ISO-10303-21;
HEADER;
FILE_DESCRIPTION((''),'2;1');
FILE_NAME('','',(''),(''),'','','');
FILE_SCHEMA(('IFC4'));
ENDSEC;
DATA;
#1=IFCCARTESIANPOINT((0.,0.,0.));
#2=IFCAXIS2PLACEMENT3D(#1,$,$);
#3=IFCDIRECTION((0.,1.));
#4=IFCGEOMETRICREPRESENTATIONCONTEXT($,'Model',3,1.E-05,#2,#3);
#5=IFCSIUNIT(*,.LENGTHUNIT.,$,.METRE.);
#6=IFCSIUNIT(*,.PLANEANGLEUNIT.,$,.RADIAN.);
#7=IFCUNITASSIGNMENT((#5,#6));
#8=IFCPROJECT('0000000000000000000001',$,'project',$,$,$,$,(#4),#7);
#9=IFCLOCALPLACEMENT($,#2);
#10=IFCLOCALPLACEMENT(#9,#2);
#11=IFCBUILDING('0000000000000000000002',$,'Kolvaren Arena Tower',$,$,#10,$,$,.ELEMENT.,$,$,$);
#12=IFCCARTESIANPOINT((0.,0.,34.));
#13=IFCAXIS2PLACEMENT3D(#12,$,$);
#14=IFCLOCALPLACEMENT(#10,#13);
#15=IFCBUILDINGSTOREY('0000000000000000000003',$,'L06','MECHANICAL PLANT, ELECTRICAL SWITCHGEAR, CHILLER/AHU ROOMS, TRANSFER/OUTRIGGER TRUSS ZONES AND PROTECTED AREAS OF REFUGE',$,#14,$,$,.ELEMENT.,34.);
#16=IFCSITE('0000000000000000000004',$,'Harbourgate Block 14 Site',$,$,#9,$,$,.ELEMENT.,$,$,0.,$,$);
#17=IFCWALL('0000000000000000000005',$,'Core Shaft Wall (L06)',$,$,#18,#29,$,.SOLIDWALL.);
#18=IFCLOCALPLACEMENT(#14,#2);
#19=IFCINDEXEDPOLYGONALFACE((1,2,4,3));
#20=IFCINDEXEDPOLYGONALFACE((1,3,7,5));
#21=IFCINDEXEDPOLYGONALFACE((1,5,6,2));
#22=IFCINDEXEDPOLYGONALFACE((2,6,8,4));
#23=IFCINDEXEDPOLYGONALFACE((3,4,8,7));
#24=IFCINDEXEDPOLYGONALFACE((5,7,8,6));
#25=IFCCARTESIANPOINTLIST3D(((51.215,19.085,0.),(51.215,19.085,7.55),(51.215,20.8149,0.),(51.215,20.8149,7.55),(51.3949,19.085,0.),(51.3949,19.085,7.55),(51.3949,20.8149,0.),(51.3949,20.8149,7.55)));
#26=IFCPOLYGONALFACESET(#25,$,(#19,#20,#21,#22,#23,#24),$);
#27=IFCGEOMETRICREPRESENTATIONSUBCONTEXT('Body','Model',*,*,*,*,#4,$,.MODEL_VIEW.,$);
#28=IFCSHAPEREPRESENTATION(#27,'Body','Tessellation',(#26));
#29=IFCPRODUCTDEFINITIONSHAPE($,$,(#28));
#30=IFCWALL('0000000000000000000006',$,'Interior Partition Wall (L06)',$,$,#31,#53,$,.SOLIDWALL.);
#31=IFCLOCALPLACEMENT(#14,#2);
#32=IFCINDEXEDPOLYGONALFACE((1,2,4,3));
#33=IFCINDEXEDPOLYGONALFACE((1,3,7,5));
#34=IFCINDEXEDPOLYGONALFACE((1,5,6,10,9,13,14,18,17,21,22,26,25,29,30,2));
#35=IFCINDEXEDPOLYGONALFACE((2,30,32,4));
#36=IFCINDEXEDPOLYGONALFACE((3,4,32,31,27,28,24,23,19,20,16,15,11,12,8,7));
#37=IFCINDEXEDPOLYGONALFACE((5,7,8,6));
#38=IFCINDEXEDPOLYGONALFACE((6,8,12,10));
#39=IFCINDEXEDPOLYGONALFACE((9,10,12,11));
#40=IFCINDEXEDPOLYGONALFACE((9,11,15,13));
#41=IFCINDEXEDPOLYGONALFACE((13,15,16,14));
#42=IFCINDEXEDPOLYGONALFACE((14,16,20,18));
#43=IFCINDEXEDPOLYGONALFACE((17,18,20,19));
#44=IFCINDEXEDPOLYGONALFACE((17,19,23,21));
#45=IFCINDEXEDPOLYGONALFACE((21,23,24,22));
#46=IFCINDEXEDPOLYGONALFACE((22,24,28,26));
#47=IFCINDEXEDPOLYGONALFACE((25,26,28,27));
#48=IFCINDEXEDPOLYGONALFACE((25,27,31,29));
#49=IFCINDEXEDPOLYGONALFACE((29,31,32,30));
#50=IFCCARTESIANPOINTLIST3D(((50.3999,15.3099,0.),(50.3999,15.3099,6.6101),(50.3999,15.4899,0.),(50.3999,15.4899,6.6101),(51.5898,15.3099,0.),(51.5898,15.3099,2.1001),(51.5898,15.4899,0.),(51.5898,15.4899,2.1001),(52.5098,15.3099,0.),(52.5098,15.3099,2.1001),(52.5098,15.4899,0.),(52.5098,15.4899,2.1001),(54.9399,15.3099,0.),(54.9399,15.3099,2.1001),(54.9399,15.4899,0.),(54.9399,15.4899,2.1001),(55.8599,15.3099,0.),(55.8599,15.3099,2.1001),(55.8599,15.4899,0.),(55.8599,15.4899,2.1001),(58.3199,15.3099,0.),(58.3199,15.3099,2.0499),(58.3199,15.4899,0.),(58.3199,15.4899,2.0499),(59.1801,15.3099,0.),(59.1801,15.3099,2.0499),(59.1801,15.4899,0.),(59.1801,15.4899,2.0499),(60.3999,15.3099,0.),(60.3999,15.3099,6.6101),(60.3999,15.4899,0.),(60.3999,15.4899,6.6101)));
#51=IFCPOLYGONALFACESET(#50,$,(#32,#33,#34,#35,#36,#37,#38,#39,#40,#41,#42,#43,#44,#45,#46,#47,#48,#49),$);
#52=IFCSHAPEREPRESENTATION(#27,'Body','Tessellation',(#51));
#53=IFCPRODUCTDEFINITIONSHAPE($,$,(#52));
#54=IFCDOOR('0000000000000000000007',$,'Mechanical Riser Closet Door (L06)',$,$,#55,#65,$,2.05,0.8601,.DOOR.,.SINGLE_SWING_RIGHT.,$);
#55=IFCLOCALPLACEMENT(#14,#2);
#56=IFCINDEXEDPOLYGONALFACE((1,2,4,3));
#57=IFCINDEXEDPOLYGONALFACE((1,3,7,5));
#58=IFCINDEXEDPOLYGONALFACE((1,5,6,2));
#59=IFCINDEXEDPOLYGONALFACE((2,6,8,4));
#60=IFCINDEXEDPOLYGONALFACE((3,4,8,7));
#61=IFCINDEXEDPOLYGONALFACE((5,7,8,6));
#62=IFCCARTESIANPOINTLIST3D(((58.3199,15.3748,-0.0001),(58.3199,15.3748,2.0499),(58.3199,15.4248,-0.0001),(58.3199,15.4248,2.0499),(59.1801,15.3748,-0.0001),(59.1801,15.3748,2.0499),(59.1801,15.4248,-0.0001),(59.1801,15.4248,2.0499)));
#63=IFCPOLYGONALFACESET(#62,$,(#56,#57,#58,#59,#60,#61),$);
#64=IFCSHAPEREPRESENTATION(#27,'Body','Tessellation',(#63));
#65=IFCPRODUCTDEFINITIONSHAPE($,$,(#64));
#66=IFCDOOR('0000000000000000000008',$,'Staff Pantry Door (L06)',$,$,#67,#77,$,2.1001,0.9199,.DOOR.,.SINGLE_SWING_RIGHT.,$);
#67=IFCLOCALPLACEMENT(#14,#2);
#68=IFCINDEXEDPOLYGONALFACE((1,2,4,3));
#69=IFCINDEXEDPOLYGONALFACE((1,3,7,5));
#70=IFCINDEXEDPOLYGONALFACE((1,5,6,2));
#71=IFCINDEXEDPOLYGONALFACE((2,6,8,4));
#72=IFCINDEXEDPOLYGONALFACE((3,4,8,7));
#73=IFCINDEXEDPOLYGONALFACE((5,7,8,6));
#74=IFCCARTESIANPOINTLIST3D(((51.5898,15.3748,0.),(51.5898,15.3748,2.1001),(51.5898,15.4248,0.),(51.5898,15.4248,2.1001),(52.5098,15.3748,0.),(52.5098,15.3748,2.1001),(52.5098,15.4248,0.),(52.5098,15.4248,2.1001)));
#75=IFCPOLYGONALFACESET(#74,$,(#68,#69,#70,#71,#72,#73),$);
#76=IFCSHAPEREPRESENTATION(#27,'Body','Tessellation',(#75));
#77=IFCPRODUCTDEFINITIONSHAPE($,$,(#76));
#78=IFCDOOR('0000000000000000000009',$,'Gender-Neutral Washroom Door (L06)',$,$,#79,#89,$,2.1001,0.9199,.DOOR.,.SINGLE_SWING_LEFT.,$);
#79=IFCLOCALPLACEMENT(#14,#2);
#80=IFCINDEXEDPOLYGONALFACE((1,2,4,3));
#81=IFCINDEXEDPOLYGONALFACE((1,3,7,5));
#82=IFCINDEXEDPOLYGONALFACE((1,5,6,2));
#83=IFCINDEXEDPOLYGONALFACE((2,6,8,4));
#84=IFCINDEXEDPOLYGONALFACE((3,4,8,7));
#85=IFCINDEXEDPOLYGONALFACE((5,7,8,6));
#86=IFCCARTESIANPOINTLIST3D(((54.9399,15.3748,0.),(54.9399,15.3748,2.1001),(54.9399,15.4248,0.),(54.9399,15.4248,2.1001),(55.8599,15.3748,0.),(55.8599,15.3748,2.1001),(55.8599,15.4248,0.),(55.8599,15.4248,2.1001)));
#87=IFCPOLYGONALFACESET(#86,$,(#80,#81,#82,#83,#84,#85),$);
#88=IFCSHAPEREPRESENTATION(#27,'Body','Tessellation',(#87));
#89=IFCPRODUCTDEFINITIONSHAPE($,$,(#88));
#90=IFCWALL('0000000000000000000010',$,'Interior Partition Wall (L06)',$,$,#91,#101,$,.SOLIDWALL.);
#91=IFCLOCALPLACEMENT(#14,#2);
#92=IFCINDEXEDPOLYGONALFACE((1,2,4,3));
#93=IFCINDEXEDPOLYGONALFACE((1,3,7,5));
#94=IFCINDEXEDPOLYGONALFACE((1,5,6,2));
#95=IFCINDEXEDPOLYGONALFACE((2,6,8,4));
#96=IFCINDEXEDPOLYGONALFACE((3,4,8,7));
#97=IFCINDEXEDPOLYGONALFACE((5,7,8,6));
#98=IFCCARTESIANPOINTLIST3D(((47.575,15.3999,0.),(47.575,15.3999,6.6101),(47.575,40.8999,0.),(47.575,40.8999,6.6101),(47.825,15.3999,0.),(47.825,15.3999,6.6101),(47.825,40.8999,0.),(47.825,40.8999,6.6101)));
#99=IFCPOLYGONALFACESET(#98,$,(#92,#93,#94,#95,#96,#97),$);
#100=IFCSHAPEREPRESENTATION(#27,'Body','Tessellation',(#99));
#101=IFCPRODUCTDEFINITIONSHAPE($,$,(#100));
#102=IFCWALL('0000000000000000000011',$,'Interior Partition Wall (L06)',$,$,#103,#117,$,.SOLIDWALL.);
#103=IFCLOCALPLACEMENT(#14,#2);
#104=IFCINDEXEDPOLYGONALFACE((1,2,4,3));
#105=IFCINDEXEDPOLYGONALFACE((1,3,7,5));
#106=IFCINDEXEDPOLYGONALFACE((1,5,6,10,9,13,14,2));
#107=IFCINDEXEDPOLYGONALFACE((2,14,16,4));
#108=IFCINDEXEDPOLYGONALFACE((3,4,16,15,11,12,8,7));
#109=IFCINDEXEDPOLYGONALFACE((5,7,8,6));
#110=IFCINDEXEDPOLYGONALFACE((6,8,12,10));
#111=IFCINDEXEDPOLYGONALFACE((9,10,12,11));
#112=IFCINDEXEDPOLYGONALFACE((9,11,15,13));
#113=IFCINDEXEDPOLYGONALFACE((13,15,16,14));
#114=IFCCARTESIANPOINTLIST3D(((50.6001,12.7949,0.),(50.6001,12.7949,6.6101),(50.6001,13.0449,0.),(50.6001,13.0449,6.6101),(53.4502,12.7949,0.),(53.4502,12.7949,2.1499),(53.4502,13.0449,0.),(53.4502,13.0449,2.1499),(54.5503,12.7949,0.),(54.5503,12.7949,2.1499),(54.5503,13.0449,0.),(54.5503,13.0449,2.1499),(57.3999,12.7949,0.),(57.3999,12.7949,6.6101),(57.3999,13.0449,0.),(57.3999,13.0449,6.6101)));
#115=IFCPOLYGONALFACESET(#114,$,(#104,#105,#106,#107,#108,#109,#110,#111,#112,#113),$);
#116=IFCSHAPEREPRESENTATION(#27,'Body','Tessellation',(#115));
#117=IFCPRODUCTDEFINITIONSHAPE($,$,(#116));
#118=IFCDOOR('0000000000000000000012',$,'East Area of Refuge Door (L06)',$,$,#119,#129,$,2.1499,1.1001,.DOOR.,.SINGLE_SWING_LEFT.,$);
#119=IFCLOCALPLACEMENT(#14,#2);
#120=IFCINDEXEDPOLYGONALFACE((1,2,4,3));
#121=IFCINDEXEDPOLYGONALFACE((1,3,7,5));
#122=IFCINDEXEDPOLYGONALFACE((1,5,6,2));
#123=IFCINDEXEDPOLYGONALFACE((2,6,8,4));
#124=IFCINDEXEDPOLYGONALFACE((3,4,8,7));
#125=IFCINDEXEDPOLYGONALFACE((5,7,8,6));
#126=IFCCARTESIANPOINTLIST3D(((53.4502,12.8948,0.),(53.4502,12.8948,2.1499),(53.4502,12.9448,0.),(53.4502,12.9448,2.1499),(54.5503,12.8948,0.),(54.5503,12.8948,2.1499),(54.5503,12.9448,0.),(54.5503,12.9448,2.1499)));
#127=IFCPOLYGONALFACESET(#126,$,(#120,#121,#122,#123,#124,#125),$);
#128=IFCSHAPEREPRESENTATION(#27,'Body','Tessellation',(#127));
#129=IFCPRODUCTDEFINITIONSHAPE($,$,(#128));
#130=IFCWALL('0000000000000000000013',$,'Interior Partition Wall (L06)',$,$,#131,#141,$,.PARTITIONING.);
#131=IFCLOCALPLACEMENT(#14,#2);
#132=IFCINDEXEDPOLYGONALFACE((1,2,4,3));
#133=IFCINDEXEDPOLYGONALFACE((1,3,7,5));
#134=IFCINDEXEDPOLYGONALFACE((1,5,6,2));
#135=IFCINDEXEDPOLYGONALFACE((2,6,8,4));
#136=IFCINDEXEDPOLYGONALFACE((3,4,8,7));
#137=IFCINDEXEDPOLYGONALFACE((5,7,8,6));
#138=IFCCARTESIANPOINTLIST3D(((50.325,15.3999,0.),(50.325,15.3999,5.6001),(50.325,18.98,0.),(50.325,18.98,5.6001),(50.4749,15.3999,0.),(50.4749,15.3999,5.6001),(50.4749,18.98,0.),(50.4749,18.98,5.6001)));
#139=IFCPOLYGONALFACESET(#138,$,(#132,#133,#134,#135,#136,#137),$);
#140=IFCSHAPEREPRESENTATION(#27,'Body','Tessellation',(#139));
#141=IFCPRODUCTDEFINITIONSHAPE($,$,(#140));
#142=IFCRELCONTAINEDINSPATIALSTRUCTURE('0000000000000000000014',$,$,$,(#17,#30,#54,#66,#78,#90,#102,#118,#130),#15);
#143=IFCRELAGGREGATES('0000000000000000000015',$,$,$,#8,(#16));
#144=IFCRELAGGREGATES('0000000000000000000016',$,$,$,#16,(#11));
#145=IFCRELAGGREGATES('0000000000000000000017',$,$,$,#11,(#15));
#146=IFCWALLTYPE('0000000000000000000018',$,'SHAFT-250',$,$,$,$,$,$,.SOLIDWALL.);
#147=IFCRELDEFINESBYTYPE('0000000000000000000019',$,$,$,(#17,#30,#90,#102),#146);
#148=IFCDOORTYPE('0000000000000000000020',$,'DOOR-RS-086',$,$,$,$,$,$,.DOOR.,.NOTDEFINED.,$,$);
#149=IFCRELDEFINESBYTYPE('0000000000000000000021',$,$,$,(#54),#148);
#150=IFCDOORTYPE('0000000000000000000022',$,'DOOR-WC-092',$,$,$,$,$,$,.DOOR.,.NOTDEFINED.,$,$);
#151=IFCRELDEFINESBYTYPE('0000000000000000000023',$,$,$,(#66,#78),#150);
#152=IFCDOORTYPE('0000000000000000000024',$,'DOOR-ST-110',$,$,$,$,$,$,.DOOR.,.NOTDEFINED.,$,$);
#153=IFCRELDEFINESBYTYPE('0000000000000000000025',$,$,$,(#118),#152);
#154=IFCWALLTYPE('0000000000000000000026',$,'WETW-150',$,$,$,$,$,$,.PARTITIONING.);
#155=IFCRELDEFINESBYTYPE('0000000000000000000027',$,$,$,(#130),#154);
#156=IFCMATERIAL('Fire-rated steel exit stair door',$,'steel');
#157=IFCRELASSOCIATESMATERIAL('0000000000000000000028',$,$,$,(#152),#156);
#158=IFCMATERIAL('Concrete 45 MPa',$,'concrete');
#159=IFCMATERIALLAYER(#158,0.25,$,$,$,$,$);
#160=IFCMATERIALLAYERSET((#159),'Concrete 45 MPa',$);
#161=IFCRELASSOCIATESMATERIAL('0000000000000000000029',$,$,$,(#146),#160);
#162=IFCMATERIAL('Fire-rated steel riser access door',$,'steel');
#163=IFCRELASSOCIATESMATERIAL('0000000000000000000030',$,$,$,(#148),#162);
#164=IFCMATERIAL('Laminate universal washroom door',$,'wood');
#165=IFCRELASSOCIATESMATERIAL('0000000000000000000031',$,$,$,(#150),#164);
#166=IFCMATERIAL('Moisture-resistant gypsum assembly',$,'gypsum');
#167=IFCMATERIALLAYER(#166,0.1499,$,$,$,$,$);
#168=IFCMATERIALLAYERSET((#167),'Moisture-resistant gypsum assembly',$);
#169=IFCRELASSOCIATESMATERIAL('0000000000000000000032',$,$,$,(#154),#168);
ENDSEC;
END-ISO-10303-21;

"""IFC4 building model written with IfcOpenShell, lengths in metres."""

from ifc_helpers import new_model, si_unit, direction, frame, frame_2d, origin, place, context, subcontext, project, spatial, rectangle, extrude, material, layer, layer_set, type_object, element, fill, save


model = new_model("IFC4")

# Units and contexts
model_context = context("Model", 3, precision=1e-05, world=origin(), true_north=direction((0.0, 1.0)))
body_context = subcontext(model_context, "Body", "Model", "MODEL_VIEW")
ifc_project = project(units=[si_unit("LENGTHUNIT", "METRE"), si_unit("PLANEANGLEUNIT", "RADIAN")], contexts=[model_context])

# Site, building, storey
site_placement = place(None, origin())
site = spatial("IfcSite", under=ifc_project, at=site_placement, Name="Harbourgate Block 14 Site", CompositionType="ELEMENT", RefElevation=0.0)
building_placement = place(site_placement, origin())
building = spatial("IfcBuilding", under=site, at=building_placement, Name="Kolvaren Arena Tower", CompositionType="ELEMENT")
storey_placement = place(building_placement, frame((0.0, 0.0, 34.0)))
storey = spatial("IfcBuildingStorey", under=building, at=storey_placement, Name="L06", Description="MECHANICAL PLANT, ELECTRICAL SWITCHGEAR, CHILLER/AHU ROOMS, TRANSFER/OUTRIGGER TRUSS ZONES AND PROTECTED AREAS OF REFUGE", CompositionType="ELEMENT", Elevation=34.0)

# Shared definitions
ifc_material_1 = material(Name="Fire-rated steel exit stair door", Category="steel")
door_type_1 = type_object("IfcDoorType", Name="DOOR-ST-110", OperationType="NOTDEFINED", PredefinedType="DOOR", material=ifc_material_1)

# Wall
ifc_material_2 = material(Name="Concrete 45 MPa", Category="concrete")
ifc_layer_1 = layer(ifc_material_2, 0.25)
ifc_layer_set_1 = layer_set([ifc_layer_1], Name="Concrete 45 MPa")
wall_type_1 = type_object("IfcWallType", Name="SHAFT-250", PredefinedType="SOLIDWALL", material=ifc_layer_set_1)
wall_1_placement = place(storey_placement, frame((51.3049, 19.085, 0.0), z_axis=(0.0, 0.0, 1.0), x_axis=(0.0, 1.0, 0.0)))
element("IfcWall", 1, at=wall_1_placement, inside=storey, type_object=wall_type_1, Name="Core Shaft Wall (L06)", PredefinedType="SOLIDWALL", context=body_context, shape_type="SweptSolid", body=[
    extrude(rectangle(XDim=1.73, YDim=0.1799, at=frame_2d((0.865, 0.0))), origin(), (0.0, 0.0, 1.0), 7.55),
])

# Wall, openings, doors
wall_2_placement = place(storey_placement, frame((50.3999, 15.3999, 0.0), z_axis=(0.0, 0.0, 1.0), x_axis=(1.0, 0.0, 0.0)))
wall_2 = element("IfcWall", 2, at=wall_2_placement, inside=storey, type_object=wall_type_1, Name="Interior Partition Wall (L06)", PredefinedType="SOLIDWALL", context=body_context, shape_type="SweptSolid", body=[
    extrude(rectangle(XDim=10.0, YDim=0.1799, at=frame_2d((5.0, 0.0))), origin(), (0.0, 0.0, 1.0), 6.6101),
])
opening_1_placement = place(wall_2_placement, frame((1.1899, 0.0, 0.0)))
opening_1 = element("IfcOpeningElement", 3, at=opening_1_placement, cuts=wall_2, PredefinedType="OPENING", context=body_context, shape_type="SweptSolid", body=[
    extrude(rectangle(XDim=0.9199, YDim=2.1001, at=frame_2d((0.46, 1.05))), frame((0.0, 0.0999, 0.0), z_axis=(0.0, -1.0, 0.0), x_axis=(1.0, 0.0, 0.0)), (0.0, 0.0, 1.0), 0.2),
])
opening_2_placement = place(wall_2_placement, frame((4.54, 0.0, 0.0)))
opening_2 = element("IfcOpeningElement", 4, at=opening_2_placement, cuts=wall_2, PredefinedType="OPENING", context=body_context, shape_type="SweptSolid", body=[
    extrude(rectangle(XDim=0.9199, YDim=2.1001, at=frame_2d((0.46, 1.05))), frame((0.0, 0.0999, 0.0), z_axis=(0.0, -1.0, 0.0), x_axis=(1.0, 0.0, 0.0)), (0.0, 0.0, 1.0), 0.2),
])
opening_3_placement = place(wall_2_placement, frame((7.9199, 0.0, 0.0)))
opening_3 = element("IfcOpeningElement", 5, at=opening_3_placement, cuts=wall_2, PredefinedType="OPENING", context=body_context, shape_type="SweptSolid", body=[
    extrude(rectangle(XDim=0.8601, YDim=2.05, at=frame_2d((0.4302, 1.0249))), frame((0.0, 0.0999, 0.0), z_axis=(0.0, -1.0, 0.0), x_axis=(1.0, 0.0, 0.0)), (0.0, 0.0, 1.0), 0.2),
])
ifc_material_3 = material(Name="Fire-rated steel riser access door", Category="steel")
door_type_2 = type_object("IfcDoorType", Name="DOOR-RS-086", OperationType="NOTDEFINED", PredefinedType="DOOR", material=ifc_material_3)
door_1_placement = place(opening_3_placement, origin())
door_1 = element("IfcDoor", 6, at=door_1_placement, inside=storey, type_object=door_type_2, Name="Mechanical Riser Closet Door (L06)", OperationType="SINGLE_SWING_RIGHT", OverallHeight=2.05, OverallWidth=0.8601, PredefinedType="DOOR", context=body_context, shape_type="SweptSolid", body=[
    extrude(rectangle(XDim=0.8601, YDim=2.05, at=frame_2d((0.4302, 1.0249))), frame((0.0, 0.0249, 0.0), z_axis=(0.0, -1.0, 0.0), x_axis=(1.0, 0.0, 0.0)), (0.0, 0.0, 1.0), 0.05),
])
fill(opening_3, door_1)
ifc_material_4 = material(Name="Laminate universal washroom door", Category="wood")
door_type_3 = type_object("IfcDoorType", Name="DOOR-WC-092", OperationType="NOTDEFINED", PredefinedType="DOOR", material=ifc_material_4)
door_2_placement = place(opening_1_placement, origin())
door_2 = element("IfcDoor", 7, at=door_2_placement, inside=storey, type_object=door_type_3, Name="Staff Pantry Door (L06)", OperationType="SINGLE_SWING_RIGHT", OverallHeight=2.1001, OverallWidth=0.9199, PredefinedType="DOOR", context=body_context, shape_type="SweptSolid", body=[
    extrude(rectangle(XDim=0.9199, YDim=2.1001, at=frame_2d((0.46, 1.05))), frame((0.0, 0.0249, 0.0), z_axis=(0.0, -1.0, 0.0), x_axis=(1.0, 0.0, 0.0)), (0.0, 0.0, 1.0), 0.05),
])
fill(opening_1, door_2)
door_3_placement = place(opening_2_placement, origin())
door_3 = element("IfcDoor", 8, at=door_3_placement, inside=storey, type_object=door_type_3, Name="Gender-Neutral Washroom Door (L06)", OperationType="SINGLE_SWING_LEFT", OverallHeight=2.1001, OverallWidth=0.9199, PredefinedType="DOOR", context=body_context, shape_type="SweptSolid", body=[
    extrude(rectangle(XDim=0.9199, YDim=2.1001, at=frame_2d((0.46, 1.05))), frame((0.0, 0.0249, 0.0), z_axis=(0.0, -1.0, 0.0), x_axis=(1.0, 0.0, 0.0)), (0.0, 0.0, 1.0), 0.05),
])
fill(opening_2, door_3)

# Wall
wall_3_placement = place(storey_placement, frame((47.7, 15.3999, 0.0), z_axis=(0.0, 0.0, 1.0), x_axis=(0.0, 1.0, 0.0)))
element("IfcWall", 9, at=wall_3_placement, inside=storey, type_object=wall_type_1, Name="Interior Partition Wall (L06)", PredefinedType="SOLIDWALL", context=body_context, shape_type="SweptSolid", body=[
    extrude(rectangle(XDim=25.5, YDim=0.25, at=frame_2d((12.75, 0.0))), origin(), (0.0, 0.0, 1.0), 6.6101),
])

# Wall, opening, door
wall_4_placement = place(storey_placement, frame((50.6001, 12.9199, 0.0), z_axis=(0.0, 0.0, 1.0), x_axis=(1.0, 0.0, 0.0)))
wall_4 = element("IfcWall", 10, at=wall_4_placement, inside=storey, type_object=wall_type_1, Name="Interior Partition Wall (L06)", PredefinedType="SOLIDWALL", context=body_context, shape_type="SweptSolid", body=[
    extrude(rectangle(XDim=6.7998, YDim=0.25, at=frame_2d((3.3999, 0.0))), origin(), (0.0, 0.0, 1.0), 6.6101),
])
opening_4_placement = place(wall_4_placement, frame((2.8501, 0.0, 0.0)))
opening_4 = element("IfcOpeningElement", 11, at=opening_4_placement, cuts=wall_4, PredefinedType="OPENING", context=body_context, shape_type="SweptSolid", body=[
    extrude(rectangle(XDim=1.1001, YDim=2.1499, at=frame_2d((0.55, 1.075))), frame((0.0, 0.135, 0.0), z_axis=(0.0, -1.0, 0.0), x_axis=(1.0, 0.0, 0.0)), (0.0, 0.0, 1.0), 0.27),
])
door_4_placement = place(opening_4_placement, origin())
door_4 = element("IfcDoor", 12, at=door_4_placement, inside=storey, type_object=door_type_1, Name="East Area of Refuge Door (L06)", OperationType="SINGLE_SWING_LEFT", OverallHeight=2.1499, OverallWidth=1.1001, PredefinedType="DOOR", context=body_context, shape_type="SweptSolid", body=[
    extrude(rectangle(XDim=1.1001, YDim=2.1499, at=frame_2d((0.55, 1.075))), frame((0.0, 0.0249, 0.0), z_axis=(0.0, -1.0, 0.0), x_axis=(1.0, 0.0, 0.0)), (0.0, 0.0, 1.0), 0.05),
])
fill(opening_4, door_4)

# Wall
ifc_material_5 = material(Name="Moisture-resistant gypsum assembly", Category="gypsum")
ifc_layer_2 = layer(ifc_material_5, 0.1499)
ifc_layer_set_2 = layer_set([ifc_layer_2], Name="Moisture-resistant gypsum assembly")
wall_type_2 = type_object("IfcWallType", Name="WETW-150", PredefinedType="PARTITIONING", material=ifc_layer_set_2)
wall_5_placement = place(storey_placement, frame((50.3999, 15.3999, 0.0), z_axis=(0.0, 0.0, 1.0), x_axis=(0.0, 1.0, 0.0)))
element("IfcWall", 13, at=wall_5_placement, inside=storey, type_object=wall_type_2, Name="Interior Partition Wall (L06)", PredefinedType="PARTITIONING", context=body_context, shape_type="SweptSolid", body=[
    extrude(rectangle(XDim=3.5801, YDim=0.1499, at=frame_2d((1.79, 0.0))), origin(), (0.0, 0.0, 1.0), 5.6001),
])

save(model, "model.ifc")
